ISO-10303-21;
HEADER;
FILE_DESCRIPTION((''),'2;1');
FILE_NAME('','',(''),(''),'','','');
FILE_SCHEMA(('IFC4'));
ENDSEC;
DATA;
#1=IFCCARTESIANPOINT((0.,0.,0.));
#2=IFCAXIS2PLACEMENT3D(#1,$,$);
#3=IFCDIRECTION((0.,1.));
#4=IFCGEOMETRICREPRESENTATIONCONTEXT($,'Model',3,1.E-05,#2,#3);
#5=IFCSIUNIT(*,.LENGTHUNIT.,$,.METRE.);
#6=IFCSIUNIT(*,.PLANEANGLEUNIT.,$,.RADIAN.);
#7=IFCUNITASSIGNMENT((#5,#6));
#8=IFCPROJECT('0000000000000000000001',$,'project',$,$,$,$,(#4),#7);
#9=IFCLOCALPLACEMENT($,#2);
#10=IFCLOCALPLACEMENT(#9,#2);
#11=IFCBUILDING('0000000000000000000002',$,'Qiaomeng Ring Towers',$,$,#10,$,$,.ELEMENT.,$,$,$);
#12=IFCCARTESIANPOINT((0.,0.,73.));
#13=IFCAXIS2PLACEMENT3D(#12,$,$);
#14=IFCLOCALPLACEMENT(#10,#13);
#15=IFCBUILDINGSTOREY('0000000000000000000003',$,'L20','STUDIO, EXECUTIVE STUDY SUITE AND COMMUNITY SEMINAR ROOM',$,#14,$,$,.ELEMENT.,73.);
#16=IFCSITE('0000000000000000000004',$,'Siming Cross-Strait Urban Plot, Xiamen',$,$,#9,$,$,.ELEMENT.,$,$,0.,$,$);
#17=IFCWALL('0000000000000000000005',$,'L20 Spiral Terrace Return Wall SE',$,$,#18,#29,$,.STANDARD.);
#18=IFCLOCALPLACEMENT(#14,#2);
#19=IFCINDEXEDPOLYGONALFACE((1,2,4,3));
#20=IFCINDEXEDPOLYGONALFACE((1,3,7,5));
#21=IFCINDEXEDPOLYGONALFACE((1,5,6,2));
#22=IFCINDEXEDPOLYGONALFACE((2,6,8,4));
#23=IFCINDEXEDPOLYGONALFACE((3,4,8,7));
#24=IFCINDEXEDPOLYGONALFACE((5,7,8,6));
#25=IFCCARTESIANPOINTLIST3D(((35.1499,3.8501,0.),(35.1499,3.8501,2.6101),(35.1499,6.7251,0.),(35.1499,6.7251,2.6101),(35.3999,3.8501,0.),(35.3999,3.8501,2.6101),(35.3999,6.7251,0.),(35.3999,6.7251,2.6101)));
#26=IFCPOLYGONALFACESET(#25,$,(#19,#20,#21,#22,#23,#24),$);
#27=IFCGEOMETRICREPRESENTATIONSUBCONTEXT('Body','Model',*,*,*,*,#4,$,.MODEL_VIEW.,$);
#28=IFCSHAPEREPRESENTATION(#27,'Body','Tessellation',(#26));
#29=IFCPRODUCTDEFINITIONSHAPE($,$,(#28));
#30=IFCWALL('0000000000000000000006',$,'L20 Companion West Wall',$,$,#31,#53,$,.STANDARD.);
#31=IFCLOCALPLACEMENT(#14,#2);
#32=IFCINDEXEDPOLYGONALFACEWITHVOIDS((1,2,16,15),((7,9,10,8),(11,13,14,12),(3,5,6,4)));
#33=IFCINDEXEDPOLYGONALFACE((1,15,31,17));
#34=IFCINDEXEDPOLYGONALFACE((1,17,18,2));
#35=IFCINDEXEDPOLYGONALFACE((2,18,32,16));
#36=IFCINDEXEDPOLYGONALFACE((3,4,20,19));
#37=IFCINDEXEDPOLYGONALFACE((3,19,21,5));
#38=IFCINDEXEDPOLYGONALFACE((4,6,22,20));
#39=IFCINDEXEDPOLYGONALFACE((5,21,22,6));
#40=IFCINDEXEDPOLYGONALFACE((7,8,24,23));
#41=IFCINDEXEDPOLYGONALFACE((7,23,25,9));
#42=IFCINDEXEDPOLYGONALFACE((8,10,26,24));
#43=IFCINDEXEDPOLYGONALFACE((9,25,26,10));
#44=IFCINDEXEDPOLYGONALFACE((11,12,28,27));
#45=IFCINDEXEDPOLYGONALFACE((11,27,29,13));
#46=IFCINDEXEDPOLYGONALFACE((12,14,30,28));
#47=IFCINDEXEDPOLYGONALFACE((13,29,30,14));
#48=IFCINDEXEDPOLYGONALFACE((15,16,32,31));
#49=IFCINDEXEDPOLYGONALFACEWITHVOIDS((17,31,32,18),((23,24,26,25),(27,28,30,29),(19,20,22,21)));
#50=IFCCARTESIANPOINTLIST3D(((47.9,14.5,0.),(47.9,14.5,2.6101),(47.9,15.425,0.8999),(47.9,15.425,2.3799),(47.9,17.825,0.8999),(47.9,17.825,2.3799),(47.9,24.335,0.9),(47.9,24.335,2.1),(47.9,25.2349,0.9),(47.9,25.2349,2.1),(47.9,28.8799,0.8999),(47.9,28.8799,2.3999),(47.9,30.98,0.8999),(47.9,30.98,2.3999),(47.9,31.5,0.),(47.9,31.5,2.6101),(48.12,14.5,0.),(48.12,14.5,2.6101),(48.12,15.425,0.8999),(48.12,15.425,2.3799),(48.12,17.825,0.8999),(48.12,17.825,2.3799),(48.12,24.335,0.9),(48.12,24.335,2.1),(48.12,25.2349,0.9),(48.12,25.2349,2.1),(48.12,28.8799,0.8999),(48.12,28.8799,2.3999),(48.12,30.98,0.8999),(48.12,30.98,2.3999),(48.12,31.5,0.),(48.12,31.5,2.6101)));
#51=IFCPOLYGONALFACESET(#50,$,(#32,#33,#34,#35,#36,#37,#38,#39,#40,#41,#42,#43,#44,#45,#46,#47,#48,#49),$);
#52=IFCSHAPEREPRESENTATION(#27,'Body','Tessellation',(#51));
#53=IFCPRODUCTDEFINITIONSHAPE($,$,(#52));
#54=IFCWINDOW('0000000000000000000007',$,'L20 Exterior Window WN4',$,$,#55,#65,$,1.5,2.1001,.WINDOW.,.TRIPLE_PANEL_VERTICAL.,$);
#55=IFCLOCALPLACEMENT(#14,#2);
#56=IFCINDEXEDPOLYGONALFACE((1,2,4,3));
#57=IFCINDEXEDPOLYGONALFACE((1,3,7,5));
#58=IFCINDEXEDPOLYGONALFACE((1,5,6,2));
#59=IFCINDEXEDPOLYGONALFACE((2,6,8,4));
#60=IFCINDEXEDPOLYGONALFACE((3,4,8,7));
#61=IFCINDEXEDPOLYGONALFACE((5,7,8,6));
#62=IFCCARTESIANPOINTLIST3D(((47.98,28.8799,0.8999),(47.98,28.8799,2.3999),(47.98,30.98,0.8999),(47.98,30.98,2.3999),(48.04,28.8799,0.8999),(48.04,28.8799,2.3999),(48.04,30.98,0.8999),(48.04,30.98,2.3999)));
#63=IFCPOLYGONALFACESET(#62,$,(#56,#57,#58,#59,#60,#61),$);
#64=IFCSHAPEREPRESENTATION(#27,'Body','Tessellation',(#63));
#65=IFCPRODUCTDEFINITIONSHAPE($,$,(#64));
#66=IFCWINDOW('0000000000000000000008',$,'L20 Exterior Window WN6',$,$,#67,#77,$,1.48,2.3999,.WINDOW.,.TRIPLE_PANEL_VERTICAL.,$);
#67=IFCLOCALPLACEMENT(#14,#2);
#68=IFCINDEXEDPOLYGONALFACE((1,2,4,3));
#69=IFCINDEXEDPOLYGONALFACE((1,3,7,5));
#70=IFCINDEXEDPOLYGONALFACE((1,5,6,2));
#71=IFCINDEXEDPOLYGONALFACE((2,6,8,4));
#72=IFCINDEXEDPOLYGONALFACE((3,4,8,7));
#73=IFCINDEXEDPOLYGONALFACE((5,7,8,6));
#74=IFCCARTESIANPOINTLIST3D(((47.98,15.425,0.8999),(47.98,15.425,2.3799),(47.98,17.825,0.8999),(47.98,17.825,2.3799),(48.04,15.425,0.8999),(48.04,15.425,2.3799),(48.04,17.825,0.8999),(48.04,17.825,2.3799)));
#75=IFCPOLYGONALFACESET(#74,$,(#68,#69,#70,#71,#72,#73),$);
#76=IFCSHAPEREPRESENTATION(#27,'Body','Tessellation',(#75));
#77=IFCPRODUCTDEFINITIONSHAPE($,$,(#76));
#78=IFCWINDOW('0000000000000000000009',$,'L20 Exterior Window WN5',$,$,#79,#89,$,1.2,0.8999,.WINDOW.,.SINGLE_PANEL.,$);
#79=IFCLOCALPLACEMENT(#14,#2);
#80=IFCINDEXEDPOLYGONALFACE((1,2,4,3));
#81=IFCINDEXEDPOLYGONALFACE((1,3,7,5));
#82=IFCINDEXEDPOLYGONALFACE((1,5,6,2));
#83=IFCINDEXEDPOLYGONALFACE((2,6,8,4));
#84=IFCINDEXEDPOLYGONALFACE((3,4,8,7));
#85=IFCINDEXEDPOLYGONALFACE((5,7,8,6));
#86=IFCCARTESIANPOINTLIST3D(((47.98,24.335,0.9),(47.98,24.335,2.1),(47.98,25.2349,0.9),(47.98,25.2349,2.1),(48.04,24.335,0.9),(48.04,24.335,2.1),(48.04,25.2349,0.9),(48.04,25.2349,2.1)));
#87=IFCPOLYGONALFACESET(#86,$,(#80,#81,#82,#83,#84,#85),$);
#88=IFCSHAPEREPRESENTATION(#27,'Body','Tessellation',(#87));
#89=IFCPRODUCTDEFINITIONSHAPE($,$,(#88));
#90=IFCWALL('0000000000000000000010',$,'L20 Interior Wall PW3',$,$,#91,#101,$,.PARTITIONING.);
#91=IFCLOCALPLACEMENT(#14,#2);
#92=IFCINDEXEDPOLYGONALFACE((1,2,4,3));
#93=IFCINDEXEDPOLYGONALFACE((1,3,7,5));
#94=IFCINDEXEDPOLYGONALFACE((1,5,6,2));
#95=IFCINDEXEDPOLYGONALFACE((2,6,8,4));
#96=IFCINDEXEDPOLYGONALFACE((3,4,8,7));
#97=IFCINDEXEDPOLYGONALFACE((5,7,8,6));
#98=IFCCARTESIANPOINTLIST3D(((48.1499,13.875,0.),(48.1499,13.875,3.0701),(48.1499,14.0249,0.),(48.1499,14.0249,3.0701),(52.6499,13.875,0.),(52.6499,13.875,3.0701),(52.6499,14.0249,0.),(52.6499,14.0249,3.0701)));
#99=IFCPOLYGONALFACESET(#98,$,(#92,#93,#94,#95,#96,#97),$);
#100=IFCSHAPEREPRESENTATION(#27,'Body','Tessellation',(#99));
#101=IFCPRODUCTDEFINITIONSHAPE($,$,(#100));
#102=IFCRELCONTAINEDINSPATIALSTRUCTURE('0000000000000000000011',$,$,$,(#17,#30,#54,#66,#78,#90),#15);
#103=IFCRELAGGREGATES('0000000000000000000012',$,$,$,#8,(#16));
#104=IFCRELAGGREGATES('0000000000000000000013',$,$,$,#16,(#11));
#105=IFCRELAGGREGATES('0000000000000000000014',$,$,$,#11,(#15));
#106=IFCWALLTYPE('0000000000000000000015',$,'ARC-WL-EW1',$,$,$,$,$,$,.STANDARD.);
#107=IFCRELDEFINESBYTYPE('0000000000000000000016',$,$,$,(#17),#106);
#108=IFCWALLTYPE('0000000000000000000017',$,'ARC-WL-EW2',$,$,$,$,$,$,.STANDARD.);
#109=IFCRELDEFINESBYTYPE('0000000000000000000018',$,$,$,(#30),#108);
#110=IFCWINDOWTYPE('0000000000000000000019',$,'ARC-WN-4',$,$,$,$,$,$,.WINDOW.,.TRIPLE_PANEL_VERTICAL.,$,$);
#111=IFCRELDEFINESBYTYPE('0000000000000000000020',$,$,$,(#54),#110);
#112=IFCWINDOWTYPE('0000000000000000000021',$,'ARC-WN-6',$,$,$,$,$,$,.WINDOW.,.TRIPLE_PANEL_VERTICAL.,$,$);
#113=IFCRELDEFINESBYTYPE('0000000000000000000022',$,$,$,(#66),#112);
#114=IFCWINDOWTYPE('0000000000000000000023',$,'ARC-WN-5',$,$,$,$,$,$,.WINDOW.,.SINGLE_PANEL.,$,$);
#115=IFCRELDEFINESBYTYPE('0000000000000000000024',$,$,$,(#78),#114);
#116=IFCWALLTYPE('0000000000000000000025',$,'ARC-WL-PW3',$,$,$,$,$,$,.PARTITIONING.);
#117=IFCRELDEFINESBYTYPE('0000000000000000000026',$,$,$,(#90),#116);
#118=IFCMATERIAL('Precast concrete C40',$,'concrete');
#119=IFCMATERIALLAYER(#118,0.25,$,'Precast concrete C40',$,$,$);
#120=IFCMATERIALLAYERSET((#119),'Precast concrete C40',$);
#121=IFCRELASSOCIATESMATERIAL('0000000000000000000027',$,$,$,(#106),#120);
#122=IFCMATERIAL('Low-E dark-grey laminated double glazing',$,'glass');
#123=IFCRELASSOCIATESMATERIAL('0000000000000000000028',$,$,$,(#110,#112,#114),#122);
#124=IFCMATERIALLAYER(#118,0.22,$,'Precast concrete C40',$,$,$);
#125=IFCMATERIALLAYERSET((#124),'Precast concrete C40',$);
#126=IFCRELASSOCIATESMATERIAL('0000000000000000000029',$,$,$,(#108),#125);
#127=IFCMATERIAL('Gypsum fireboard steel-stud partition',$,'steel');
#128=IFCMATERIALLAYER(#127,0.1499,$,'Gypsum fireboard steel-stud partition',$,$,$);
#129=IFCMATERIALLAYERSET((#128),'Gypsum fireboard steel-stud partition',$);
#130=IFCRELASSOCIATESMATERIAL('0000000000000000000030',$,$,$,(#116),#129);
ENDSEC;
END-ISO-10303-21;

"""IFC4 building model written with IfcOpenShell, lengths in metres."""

from ifc_helpers import new_model, si_unit, direction, frame, frame_2d, origin, place, context, subcontext, project, spatial, rectangle, extrude, source, transform, mapped, material, layer, layer_set, type_object, element, fill, save


model = new_model("IFC4")

# Units and contexts
model_context = context("Model", 3, precision=1e-05, world=origin(), true_north=direction((0.0, 1.0)))
body_context = subcontext(model_context, "Body", "Model", "MODEL_VIEW")
ifc_project = project(units=[si_unit("LENGTHUNIT", "METRE"), si_unit("PLANEANGLEUNIT", "RADIAN")], contexts=[model_context])

# Site, building, storey
site_placement = place(None, origin())
site = spatial("IfcSite", under=ifc_project, at=site_placement, Name="Siming Cross-Strait Urban Plot, Xiamen", CompositionType="ELEMENT", RefElevation=0.0)
building_placement = place(site_placement, origin())
building = spatial("IfcBuilding", under=site, at=building_placement, Name="Qiaomeng Ring Towers", CompositionType="ELEMENT")
storey_placement = place(building_placement, frame((0.0, 0.0, 73.0)))
storey = spatial("IfcBuildingStorey", under=building, at=storey_placement, Name="L20", Description="STUDIO, EXECUTIVE STUDY SUITE AND COMMUNITY SEMINAR ROOM", CompositionType="ELEMENT", Elevation=73.0)

# Shared definitions
ifc_material_1 = material(Name="Precast concrete C40", Category="concrete")
ifc_layer_1 = layer(ifc_material_1, 0.25, Name="Precast concrete C40")
ifc_layer_set_1 = layer_set([ifc_layer_1], Name="Precast concrete C40")
wall_type_1 = type_object("IfcWallType", Name="ARC-WL-EW1", PredefinedType="STANDARD", material=ifc_layer_set_1)
ifc_material_2 = material(Name="Low-E dark-grey laminated double glazing", Category="glass")
window_type_1 = type_object("IfcWindowType", Name="ARC-WN-4", PartitioningType="TRIPLE_PANEL_VERTICAL", PredefinedType="WINDOW", material=ifc_material_2)
window_type_2 = type_object("IfcWindowType", Name="ARC-WN-6", PartitioningType="TRIPLE_PANEL_VERTICAL", PredefinedType="WINDOW", material=ifc_material_2)
shared_shape_1 = source(origin(), body_context, "Body", "SweptSolid", [
    extrude(rectangle(XDim=2.3999, YDim=1.48, at=frame_2d((1.2, 0.74))), frame((0.0, 0.03, 0.0), z_axis=(0.0, -1.0, 0.0), x_axis=(1.0, 0.0, 0.0)), (0.0, 0.0, 1.0), 0.0601),
])
window_type_3 = type_object("IfcWindowType", Name="ARC-WN-5", PartitioningType="SINGLE_PANEL", PredefinedType="WINDOW", material=ifc_material_2)
shared_shape_2 = source(origin(), body_context, "Body", "SweptSolid", [
    extrude(rectangle(XDim=0.8999, YDim=1.2, at=frame_2d((0.45, 0.6001))), frame((0.0, 0.03, 0.0), z_axis=(0.0, -1.0, 0.0), x_axis=(1.0, 0.0, 0.0)), (0.0, 0.0, 1.0), 0.0601),
])

# Wall
wall_1_placement = place(storey_placement, frame((35.2749, 3.8501, 0.0), z_axis=(0.0, 0.0, 1.0), x_axis=(0.0, 1.0, 0.0)))
element("IfcWall", 1, at=wall_1_placement, inside=storey, type_object=wall_type_1, Name="L20 Spiral Terrace Return Wall SE", PredefinedType="STANDARD", context=body_context, shape_type="SweptSolid", body=[
    extrude(rectangle(XDim=2.875, YDim=0.25, at=frame_2d((1.4375, 0.0))), origin(), (0.0, 0.0, 1.0), 2.6101),
])

# Wall, openings, windows
ifc_layer_2 = layer(ifc_material_1, 0.22, Name="Precast concrete C40")
ifc_layer_set_2 = layer_set([ifc_layer_2], Name="Precast concrete C40")
wall_type_2 = type_object("IfcWallType", Name="ARC-WL-EW2", PredefinedType="STANDARD", material=ifc_layer_set_2)
wall_2_placement = place(storey_placement, frame((48.01, 14.5, 0.0), z_axis=(0.0, 0.0, 1.0), x_axis=(0.0, 1.0, 0.0)))
wall_2 = element("IfcWall", 2, at=wall_2_placement, inside=storey, type_object=wall_type_2, Name="L20 Companion West Wall", PredefinedType="STANDARD", context=body_context, shape_type="SweptSolid", body=[
    extrude(rectangle(XDim=17.0, YDim=0.22, at=frame_2d((8.5, 0.0))), origin(), (0.0, 0.0, 1.0), 2.6101),
])
opening_1_placement = place(wall_2_placement, frame((0.925, 0.0, 0.8999)))
opening_1 = element("IfcOpeningElement", 3, at=opening_1_placement, cuts=wall_2, PredefinedType="OPENING", context=body_context, shape_type="SweptSolid", body=[
    extrude(rectangle(XDim=2.3999, YDim=1.48, at=frame_2d((1.2, 0.74))), frame((0.0, 0.1199, 0.0), z_axis=(0.0, -1.0, 0.0), x_axis=(1.0, 0.0, 0.0)), (0.0, 0.0, 1.0), 0.24),
])
opening_2_placement = place(wall_2_placement, frame((14.3799, 0.0, 0.8999)))
opening_2 = element("IfcOpeningElement", 4, at=opening_2_placement, cuts=wall_2, PredefinedType="OPENING", context=body_context, shape_type="SweptSolid", body=[
    extrude(rectangle(XDim=2.1001, YDim=1.5, at=frame_2d((1.05, 0.75))), frame((0.0, 0.1199, 0.0), z_axis=(0.0, -1.0, 0.0), x_axis=(1.0, 0.0, 0.0)), (0.0, 0.0, 1.0), 0.24),
])
opening_3_placement = place(wall_2_placement, frame((9.835, 0.0, 0.8999)))
opening_3 = element("IfcOpeningElement", 5, at=opening_3_placement, cuts=wall_2, PredefinedType="OPENING", context=body_context, shape_type="SweptSolid", body=[
    extrude(rectangle(XDim=0.8999, YDim=1.2, at=frame_2d((0.45, 0.6001))), frame((0.0, 0.1199, 0.0), z_axis=(0.0, -1.0, 0.0), x_axis=(1.0, 0.0, 0.0)), (0.0, 0.0, 1.0), 0.24),
])
shared_shape_3 = source(origin(), body_context, "Body", "SweptSolid", [
    extrude(rectangle(XDim=2.1001, YDim=1.5, at=frame_2d((1.05, 0.75))), frame((0.0, 0.03, 0.0), z_axis=(0.0, -1.0, 0.0), x_axis=(1.0, 0.0, 0.0)), (0.0, 0.0, 1.0), 0.0601),
])
window_1_placement = place(opening_2_placement, origin())
window_1 = element("IfcWindow", 6, at=window_1_placement, inside=storey, type_object=window_type_1, Name="L20 Exterior Window WN4", OverallHeight=1.5, OverallWidth=2.1001, PartitioningType="TRIPLE_PANEL_VERTICAL", PredefinedType="WINDOW", context=body_context, shape_type="MappedRepresentation", body=[
    mapped(shared_shape_3, transform((0.0, 0.0, 0.0), x_axis=(1.0, 0.0, 0.0), y_axis=(0.0, 1.0, 0.0), z_axis=(0.0, 0.0, 1.0), scale=1.0)),
])
fill(opening_2, window_1)
window_2_placement = place(opening_1_placement, origin())
window_2 = element("IfcWindow", 7, at=window_2_placement, inside=storey, type_object=window_type_2, Name="L20 Exterior Window WN6", OverallHeight=1.48, OverallWidth=2.3999, PartitioningType="TRIPLE_PANEL_VERTICAL", PredefinedType="WINDOW", context=body_context, shape_type="MappedRepresentation", body=[
    mapped(shared_shape_1, transform((0.0, 0.0, 0.0), x_axis=(1.0, 0.0, 0.0), y_axis=(0.0, 1.0, 0.0), z_axis=(0.0, 0.0, 1.0), scale=1.0)),
])
fill(opening_1, window_2)
window_3_placement = place(opening_3_placement, origin())
window_3 = element("IfcWindow", 8, at=window_3_placement, inside=storey, type_object=window_type_3, Name="L20 Exterior Window WN5", OverallHeight=1.2, OverallWidth=0.8999, PartitioningType="SINGLE_PANEL", PredefinedType="WINDOW", context=body_context, shape_type="MappedRepresentation", body=[
    mapped(shared_shape_2, transform((0.0, 0.0, 0.0), x_axis=(1.0, 0.0, 0.0), y_axis=(0.0, 1.0, 0.0), z_axis=(0.0, 0.0, 1.0), scale=1.0)),
])
fill(opening_3, window_3)

# Wall
ifc_material_3 = material(Name="Gypsum fireboard steel-stud partition", Category="steel")
ifc_layer_3 = layer(ifc_material_3, 0.1499, Name="Gypsum fireboard steel-stud partition")
ifc_layer_set_3 = layer_set([ifc_layer_3], Name="Gypsum fireboard steel-stud partition")
wall_type_3 = type_object("IfcWallType", Name="ARC-WL-PW3", PredefinedType="PARTITIONING", material=ifc_layer_set_3)
wall_3_placement = place(storey_placement, frame((48.1499, 13.95, 0.0), z_axis=(0.0, 0.0, 1.0), x_axis=(1.0, 0.0, 0.0)))
element("IfcWall", 9, at=wall_3_placement, inside=storey, type_object=wall_type_3, Name="L20 Interior Wall PW3", PredefinedType="PARTITIONING", context=body_context, shape_type="SweptSolid", body=[
    extrude(rectangle(XDim=4.5, YDim=0.1499, at=frame_2d((2.25, 0.0))), origin(), (0.0, 0.0, 1.0), 3.0701),
])

save(model, "model.ifc")
